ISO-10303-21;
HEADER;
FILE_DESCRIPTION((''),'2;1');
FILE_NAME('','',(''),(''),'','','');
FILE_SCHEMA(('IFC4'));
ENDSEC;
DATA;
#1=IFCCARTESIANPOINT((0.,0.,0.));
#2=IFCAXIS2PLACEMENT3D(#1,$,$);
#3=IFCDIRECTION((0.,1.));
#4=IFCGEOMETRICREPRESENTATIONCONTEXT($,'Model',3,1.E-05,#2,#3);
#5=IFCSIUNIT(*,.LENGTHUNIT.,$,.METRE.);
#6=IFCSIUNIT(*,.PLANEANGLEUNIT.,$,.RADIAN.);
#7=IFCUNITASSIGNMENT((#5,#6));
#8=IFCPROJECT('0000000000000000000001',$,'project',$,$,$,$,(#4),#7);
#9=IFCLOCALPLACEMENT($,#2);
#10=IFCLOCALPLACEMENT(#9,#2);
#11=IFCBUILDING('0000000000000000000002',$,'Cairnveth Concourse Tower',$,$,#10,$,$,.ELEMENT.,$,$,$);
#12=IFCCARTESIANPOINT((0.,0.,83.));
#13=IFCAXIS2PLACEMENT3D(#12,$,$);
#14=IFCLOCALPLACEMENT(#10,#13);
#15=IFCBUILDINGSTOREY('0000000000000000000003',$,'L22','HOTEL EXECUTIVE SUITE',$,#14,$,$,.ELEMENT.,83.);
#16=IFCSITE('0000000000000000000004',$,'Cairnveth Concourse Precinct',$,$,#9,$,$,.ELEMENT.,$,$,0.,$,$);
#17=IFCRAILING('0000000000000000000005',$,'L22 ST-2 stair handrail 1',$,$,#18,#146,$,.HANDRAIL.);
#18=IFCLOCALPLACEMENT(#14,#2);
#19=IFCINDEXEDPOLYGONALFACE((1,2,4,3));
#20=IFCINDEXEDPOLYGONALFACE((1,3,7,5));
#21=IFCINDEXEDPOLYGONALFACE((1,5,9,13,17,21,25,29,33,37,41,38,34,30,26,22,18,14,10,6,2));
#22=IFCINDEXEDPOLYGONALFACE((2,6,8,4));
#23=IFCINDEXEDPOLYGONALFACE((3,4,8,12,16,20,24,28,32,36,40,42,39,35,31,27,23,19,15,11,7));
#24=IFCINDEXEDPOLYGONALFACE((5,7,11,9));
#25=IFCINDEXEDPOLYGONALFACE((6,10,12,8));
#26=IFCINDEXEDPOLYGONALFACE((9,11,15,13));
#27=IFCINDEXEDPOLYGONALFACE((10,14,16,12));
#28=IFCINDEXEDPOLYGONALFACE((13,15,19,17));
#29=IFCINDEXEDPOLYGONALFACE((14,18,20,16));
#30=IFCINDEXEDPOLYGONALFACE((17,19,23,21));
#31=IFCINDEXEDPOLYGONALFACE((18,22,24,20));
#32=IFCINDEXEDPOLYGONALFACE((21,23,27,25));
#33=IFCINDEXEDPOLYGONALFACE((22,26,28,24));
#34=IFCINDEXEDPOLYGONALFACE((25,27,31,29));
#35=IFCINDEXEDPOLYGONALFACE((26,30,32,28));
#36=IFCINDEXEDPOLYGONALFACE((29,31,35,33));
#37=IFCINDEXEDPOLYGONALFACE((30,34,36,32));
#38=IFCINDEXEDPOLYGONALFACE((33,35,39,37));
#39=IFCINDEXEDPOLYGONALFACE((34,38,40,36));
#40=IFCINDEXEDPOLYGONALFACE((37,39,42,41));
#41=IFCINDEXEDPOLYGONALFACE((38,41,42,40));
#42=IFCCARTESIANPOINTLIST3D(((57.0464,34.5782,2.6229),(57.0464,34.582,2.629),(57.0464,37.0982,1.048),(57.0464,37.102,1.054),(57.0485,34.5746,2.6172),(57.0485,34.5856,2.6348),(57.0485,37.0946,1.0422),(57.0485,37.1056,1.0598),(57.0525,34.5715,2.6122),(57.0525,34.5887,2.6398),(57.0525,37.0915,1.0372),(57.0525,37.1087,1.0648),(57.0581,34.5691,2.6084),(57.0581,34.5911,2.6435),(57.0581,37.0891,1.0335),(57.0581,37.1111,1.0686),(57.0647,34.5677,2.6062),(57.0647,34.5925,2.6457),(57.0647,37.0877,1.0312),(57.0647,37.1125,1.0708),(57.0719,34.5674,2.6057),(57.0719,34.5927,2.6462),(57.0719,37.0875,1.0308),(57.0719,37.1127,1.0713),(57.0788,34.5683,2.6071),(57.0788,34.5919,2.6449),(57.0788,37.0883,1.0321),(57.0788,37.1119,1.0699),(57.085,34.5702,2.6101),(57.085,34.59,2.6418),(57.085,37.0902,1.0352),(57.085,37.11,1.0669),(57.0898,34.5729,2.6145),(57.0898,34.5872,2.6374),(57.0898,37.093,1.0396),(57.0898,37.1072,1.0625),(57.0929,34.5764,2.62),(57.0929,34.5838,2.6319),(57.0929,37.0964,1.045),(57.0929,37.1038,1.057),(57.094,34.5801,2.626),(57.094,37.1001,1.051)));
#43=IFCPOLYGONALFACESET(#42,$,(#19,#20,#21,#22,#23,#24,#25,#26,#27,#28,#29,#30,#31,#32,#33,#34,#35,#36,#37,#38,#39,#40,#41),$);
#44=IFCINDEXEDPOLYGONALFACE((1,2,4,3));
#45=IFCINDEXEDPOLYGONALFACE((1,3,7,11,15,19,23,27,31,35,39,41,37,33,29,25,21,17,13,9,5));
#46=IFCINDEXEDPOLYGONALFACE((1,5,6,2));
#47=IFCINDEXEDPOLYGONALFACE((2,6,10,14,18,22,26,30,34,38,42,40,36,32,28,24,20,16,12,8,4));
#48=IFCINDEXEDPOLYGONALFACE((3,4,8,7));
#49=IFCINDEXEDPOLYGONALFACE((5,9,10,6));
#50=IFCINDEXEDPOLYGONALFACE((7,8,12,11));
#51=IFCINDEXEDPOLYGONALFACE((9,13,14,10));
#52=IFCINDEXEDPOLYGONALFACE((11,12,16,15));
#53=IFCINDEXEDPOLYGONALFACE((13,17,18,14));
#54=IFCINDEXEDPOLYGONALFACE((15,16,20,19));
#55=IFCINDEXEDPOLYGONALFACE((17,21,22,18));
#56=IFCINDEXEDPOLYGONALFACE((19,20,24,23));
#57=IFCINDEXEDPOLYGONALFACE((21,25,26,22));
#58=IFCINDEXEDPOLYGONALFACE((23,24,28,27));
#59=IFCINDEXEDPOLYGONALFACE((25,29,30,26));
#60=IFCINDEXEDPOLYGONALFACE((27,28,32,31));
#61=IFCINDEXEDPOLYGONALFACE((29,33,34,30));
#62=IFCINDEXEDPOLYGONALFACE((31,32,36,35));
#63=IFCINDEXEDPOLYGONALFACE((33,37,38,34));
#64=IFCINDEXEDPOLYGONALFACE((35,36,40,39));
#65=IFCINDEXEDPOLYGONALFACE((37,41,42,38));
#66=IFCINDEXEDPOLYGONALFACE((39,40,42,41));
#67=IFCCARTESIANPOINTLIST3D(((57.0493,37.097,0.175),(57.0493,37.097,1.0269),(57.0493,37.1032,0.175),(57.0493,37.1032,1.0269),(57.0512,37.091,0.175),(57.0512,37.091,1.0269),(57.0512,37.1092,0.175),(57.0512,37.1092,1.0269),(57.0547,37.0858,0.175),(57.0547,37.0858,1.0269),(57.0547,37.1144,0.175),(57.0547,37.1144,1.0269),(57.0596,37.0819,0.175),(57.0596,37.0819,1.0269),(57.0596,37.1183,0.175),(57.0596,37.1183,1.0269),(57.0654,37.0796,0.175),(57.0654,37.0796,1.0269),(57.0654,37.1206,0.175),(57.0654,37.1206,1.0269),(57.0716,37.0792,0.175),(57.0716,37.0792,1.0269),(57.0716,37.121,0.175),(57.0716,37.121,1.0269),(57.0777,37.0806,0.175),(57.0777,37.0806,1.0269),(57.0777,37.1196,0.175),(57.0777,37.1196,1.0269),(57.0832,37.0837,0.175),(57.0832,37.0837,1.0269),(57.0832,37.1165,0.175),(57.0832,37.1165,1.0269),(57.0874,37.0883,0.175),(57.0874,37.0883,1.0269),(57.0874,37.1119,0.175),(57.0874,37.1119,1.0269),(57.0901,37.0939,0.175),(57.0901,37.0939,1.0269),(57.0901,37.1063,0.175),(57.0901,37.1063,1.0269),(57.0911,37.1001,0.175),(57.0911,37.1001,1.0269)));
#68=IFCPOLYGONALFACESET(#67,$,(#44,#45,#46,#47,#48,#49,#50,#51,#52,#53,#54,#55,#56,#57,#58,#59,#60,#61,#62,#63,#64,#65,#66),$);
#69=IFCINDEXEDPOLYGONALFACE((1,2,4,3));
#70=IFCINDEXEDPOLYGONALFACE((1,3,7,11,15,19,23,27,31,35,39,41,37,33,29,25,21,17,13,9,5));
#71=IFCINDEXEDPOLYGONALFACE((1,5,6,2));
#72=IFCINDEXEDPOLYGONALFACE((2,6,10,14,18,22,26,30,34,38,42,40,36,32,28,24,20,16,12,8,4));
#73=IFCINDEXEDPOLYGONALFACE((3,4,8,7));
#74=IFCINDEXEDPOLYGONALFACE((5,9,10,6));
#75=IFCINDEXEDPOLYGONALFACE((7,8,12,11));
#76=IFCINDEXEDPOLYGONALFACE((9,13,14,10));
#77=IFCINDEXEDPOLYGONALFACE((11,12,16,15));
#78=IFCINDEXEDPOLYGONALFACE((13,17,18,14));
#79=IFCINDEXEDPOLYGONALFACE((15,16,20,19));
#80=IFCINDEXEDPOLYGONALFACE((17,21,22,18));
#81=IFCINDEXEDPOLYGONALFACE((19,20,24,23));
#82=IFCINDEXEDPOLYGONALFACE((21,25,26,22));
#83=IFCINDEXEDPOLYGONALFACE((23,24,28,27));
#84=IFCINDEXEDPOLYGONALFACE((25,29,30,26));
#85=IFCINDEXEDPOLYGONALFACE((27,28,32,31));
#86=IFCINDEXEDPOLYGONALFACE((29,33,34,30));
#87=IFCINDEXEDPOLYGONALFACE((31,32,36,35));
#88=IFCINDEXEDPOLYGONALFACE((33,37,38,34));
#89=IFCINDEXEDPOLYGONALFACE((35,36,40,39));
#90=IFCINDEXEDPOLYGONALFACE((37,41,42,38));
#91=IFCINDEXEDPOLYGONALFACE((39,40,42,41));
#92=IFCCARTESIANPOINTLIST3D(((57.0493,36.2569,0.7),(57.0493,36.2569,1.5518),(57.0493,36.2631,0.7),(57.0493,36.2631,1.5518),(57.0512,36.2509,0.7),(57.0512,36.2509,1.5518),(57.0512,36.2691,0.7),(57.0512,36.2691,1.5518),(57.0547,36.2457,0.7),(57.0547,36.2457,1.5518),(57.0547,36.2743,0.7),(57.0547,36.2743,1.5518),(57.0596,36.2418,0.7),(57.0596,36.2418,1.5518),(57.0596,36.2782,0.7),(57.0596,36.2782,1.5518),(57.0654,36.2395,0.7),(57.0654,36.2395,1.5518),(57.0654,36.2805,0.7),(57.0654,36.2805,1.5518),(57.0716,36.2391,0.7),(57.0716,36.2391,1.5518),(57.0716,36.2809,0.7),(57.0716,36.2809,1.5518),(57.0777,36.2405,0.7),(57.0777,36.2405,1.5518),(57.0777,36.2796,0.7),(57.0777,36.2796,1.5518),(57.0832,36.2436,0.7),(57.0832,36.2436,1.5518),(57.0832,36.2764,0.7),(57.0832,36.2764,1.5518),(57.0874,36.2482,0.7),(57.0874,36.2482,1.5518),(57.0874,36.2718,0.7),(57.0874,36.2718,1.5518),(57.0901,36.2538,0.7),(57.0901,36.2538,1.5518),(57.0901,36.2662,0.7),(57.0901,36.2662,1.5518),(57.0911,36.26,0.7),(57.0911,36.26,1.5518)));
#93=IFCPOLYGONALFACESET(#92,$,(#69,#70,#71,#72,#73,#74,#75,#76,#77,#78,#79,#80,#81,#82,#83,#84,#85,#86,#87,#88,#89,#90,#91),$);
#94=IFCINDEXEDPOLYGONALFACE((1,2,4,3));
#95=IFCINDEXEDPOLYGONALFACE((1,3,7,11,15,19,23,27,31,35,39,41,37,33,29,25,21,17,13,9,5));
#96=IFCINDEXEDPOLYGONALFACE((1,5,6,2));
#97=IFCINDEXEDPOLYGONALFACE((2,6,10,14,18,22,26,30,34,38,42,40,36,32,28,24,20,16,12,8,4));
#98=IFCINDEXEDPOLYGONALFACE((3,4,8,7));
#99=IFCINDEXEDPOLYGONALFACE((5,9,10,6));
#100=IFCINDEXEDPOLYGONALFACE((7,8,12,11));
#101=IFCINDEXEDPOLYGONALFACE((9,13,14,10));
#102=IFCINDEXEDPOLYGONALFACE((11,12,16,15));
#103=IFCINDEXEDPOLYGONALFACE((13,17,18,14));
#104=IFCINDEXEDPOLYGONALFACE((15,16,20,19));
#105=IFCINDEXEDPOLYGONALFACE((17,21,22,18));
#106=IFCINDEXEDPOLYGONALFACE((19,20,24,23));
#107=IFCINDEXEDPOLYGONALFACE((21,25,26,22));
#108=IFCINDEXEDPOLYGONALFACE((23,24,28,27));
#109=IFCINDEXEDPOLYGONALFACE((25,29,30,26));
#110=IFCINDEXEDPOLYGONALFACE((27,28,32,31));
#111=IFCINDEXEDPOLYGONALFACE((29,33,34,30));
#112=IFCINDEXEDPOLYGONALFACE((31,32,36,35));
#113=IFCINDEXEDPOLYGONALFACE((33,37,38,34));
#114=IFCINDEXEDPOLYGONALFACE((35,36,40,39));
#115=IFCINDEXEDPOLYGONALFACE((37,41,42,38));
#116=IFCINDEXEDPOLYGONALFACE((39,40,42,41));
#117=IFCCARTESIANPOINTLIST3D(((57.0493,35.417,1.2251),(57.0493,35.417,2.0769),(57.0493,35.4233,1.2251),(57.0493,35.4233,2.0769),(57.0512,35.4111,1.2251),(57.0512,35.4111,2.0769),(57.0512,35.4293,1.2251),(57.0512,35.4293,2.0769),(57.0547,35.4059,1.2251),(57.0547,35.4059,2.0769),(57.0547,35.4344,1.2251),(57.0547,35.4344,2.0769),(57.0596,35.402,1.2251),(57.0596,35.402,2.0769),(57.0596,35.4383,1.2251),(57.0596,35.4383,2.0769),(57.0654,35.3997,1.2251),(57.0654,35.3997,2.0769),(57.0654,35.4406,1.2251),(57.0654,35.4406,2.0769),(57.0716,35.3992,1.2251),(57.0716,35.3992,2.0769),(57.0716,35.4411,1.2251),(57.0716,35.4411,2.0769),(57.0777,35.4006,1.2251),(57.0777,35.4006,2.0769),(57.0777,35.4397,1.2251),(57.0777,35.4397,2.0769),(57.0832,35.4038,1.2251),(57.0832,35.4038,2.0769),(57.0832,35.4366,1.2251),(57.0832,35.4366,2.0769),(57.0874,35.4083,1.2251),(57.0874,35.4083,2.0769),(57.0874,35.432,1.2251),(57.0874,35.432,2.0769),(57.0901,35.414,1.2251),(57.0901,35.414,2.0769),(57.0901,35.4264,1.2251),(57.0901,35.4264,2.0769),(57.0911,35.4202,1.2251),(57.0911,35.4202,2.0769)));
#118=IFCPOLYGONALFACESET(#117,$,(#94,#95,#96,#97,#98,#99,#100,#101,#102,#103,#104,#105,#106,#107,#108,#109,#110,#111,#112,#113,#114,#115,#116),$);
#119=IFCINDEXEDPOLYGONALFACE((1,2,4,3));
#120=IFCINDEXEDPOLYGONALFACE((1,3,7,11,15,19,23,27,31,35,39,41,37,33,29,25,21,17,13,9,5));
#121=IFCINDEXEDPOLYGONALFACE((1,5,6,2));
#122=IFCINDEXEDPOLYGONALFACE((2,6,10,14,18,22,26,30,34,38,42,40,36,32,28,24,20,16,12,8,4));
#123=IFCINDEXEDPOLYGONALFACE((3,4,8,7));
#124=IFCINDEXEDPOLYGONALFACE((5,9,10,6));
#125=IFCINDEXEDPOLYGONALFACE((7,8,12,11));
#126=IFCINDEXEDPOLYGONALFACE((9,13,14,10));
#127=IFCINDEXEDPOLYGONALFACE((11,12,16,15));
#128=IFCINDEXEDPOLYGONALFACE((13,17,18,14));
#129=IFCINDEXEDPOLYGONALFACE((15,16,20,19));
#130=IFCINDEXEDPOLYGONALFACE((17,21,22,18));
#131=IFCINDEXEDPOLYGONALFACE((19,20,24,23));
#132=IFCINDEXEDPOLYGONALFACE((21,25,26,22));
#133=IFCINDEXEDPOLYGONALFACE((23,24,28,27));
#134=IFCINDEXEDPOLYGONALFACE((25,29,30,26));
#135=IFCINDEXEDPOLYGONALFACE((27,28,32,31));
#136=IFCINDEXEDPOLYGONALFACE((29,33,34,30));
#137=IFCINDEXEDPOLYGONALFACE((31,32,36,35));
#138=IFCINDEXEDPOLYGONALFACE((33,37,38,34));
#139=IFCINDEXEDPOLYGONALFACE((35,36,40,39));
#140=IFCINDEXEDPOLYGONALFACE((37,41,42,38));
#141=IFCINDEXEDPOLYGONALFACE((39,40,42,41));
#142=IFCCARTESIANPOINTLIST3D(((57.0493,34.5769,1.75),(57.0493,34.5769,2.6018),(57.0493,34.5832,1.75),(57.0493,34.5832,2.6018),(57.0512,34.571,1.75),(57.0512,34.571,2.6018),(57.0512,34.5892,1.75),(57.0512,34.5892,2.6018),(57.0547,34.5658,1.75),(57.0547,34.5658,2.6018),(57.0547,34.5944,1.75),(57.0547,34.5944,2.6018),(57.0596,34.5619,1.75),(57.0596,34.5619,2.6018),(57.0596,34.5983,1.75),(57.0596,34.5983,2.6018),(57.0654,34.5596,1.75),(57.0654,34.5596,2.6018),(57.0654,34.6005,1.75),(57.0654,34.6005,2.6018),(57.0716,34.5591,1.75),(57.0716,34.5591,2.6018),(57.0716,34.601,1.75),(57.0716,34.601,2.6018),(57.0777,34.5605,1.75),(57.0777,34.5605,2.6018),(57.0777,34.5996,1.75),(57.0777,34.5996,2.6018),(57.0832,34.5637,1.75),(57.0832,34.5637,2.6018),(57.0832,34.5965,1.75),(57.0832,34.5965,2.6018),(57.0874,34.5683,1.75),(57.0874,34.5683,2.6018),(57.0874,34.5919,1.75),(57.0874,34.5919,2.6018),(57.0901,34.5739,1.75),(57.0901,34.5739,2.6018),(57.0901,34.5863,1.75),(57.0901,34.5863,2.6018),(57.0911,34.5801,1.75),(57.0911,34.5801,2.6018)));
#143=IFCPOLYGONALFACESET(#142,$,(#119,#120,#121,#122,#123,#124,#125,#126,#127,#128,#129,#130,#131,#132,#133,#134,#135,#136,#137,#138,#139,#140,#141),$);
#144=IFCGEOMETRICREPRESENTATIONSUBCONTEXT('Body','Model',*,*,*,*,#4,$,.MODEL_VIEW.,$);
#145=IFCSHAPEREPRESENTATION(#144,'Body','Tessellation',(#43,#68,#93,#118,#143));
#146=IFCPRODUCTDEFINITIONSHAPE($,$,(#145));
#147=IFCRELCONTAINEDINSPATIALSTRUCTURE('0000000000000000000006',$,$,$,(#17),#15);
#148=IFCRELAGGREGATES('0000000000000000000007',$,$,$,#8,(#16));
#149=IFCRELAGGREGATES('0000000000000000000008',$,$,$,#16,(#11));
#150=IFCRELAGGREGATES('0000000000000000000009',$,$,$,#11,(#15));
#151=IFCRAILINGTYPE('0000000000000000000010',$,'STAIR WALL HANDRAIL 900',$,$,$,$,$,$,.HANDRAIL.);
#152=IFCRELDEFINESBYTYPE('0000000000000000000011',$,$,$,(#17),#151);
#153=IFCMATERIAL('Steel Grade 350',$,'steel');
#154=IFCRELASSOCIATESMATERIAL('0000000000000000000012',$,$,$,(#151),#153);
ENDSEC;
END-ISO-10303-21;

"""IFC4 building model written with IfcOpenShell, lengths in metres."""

from ifc_helpers import new_model, si_unit, direction, frame, origin, origin_2d, place, context, subcontext, project, spatial, circle, extrude, material, type_object, element, save


model = new_model("IFC4")

# Units and contexts
model_context = context("Model", 3, precision=1e-05, world=origin(), true_north=direction((0.0, 1.0)))
body_context = subcontext(model_context, "Body", "Model", "MODEL_VIEW")
ifc_project = project(units=[si_unit("LENGTHUNIT", "METRE"), si_unit("PLANEANGLEUNIT", "RADIAN")], contexts=[model_context])

# Site, building, storey
site_placement = place(None, origin())
site = spatial("IfcSite", under=ifc_project, at=site_placement, Name="Cairnveth Concourse Precinct", CompositionType="ELEMENT", RefElevation=0.0)
building_placement = place(site_placement, origin())
building = spatial("IfcBuilding", under=site, at=building_placement, Name="Cairnveth Concourse Tower", CompositionType="ELEMENT")
storey_placement = place(building_placement, frame((0.0, 0.0, 83.0)))
storey = spatial("IfcBuildingStorey", under=building, at=storey_placement, Name="L22", Description="HOTEL EXECUTIVE SUITE", CompositionType="ELEMENT", Elevation=83.0)

# Shared definitions
ifc_material_1 = material(Name="Steel Grade 350", Category="steel")

# Railing
railing_type_1 = type_object("IfcRailingType", Name="STAIR WALL HANDRAIL 900", PredefinedType="HANDRAIL", material=ifc_material_1)
railing_1_placement = place(storey_placement, frame((57.0701, 37.1001, 0.175)))
element("IfcRailing", 1, at=railing_1_placement, inside=storey, type_object=railing_type_1, Name="L22 ST-2 stair handrail 1", PredefinedType="HANDRAIL", context=body_context, shape_type="SweptSolid", body=[
    extrude(circle(Radius=0.0239, at=origin_2d()), frame((0.0, 0.0, 0.876), z_axis=(0.0, -0.848008, 0.529984), x_axis=(1.0, 0.0, 0.0)), (0.0, 0.0, 1.0), 2.9717),
    extrude(circle(Radius=0.021, at=origin_2d()), origin(), (0.0, 0.0, 1.0), 0.8518),
    extrude(circle(Radius=0.021, at=origin_2d()), frame((0.0, -0.8401, 0.5249)), (0.0, 0.0, 1.0), 0.8518),
    extrude(circle(Radius=0.021, at=origin_2d()), frame((0.0, -1.6799, 1.05)), (0.0, 0.0, 1.0), 0.8518),
    extrude(circle(Radius=0.021, at=origin_2d()), frame((0.0, -2.52, 1.575)), (0.0, 0.0, 1.0), 0.8518),
])

save(model, "model.ifc")
